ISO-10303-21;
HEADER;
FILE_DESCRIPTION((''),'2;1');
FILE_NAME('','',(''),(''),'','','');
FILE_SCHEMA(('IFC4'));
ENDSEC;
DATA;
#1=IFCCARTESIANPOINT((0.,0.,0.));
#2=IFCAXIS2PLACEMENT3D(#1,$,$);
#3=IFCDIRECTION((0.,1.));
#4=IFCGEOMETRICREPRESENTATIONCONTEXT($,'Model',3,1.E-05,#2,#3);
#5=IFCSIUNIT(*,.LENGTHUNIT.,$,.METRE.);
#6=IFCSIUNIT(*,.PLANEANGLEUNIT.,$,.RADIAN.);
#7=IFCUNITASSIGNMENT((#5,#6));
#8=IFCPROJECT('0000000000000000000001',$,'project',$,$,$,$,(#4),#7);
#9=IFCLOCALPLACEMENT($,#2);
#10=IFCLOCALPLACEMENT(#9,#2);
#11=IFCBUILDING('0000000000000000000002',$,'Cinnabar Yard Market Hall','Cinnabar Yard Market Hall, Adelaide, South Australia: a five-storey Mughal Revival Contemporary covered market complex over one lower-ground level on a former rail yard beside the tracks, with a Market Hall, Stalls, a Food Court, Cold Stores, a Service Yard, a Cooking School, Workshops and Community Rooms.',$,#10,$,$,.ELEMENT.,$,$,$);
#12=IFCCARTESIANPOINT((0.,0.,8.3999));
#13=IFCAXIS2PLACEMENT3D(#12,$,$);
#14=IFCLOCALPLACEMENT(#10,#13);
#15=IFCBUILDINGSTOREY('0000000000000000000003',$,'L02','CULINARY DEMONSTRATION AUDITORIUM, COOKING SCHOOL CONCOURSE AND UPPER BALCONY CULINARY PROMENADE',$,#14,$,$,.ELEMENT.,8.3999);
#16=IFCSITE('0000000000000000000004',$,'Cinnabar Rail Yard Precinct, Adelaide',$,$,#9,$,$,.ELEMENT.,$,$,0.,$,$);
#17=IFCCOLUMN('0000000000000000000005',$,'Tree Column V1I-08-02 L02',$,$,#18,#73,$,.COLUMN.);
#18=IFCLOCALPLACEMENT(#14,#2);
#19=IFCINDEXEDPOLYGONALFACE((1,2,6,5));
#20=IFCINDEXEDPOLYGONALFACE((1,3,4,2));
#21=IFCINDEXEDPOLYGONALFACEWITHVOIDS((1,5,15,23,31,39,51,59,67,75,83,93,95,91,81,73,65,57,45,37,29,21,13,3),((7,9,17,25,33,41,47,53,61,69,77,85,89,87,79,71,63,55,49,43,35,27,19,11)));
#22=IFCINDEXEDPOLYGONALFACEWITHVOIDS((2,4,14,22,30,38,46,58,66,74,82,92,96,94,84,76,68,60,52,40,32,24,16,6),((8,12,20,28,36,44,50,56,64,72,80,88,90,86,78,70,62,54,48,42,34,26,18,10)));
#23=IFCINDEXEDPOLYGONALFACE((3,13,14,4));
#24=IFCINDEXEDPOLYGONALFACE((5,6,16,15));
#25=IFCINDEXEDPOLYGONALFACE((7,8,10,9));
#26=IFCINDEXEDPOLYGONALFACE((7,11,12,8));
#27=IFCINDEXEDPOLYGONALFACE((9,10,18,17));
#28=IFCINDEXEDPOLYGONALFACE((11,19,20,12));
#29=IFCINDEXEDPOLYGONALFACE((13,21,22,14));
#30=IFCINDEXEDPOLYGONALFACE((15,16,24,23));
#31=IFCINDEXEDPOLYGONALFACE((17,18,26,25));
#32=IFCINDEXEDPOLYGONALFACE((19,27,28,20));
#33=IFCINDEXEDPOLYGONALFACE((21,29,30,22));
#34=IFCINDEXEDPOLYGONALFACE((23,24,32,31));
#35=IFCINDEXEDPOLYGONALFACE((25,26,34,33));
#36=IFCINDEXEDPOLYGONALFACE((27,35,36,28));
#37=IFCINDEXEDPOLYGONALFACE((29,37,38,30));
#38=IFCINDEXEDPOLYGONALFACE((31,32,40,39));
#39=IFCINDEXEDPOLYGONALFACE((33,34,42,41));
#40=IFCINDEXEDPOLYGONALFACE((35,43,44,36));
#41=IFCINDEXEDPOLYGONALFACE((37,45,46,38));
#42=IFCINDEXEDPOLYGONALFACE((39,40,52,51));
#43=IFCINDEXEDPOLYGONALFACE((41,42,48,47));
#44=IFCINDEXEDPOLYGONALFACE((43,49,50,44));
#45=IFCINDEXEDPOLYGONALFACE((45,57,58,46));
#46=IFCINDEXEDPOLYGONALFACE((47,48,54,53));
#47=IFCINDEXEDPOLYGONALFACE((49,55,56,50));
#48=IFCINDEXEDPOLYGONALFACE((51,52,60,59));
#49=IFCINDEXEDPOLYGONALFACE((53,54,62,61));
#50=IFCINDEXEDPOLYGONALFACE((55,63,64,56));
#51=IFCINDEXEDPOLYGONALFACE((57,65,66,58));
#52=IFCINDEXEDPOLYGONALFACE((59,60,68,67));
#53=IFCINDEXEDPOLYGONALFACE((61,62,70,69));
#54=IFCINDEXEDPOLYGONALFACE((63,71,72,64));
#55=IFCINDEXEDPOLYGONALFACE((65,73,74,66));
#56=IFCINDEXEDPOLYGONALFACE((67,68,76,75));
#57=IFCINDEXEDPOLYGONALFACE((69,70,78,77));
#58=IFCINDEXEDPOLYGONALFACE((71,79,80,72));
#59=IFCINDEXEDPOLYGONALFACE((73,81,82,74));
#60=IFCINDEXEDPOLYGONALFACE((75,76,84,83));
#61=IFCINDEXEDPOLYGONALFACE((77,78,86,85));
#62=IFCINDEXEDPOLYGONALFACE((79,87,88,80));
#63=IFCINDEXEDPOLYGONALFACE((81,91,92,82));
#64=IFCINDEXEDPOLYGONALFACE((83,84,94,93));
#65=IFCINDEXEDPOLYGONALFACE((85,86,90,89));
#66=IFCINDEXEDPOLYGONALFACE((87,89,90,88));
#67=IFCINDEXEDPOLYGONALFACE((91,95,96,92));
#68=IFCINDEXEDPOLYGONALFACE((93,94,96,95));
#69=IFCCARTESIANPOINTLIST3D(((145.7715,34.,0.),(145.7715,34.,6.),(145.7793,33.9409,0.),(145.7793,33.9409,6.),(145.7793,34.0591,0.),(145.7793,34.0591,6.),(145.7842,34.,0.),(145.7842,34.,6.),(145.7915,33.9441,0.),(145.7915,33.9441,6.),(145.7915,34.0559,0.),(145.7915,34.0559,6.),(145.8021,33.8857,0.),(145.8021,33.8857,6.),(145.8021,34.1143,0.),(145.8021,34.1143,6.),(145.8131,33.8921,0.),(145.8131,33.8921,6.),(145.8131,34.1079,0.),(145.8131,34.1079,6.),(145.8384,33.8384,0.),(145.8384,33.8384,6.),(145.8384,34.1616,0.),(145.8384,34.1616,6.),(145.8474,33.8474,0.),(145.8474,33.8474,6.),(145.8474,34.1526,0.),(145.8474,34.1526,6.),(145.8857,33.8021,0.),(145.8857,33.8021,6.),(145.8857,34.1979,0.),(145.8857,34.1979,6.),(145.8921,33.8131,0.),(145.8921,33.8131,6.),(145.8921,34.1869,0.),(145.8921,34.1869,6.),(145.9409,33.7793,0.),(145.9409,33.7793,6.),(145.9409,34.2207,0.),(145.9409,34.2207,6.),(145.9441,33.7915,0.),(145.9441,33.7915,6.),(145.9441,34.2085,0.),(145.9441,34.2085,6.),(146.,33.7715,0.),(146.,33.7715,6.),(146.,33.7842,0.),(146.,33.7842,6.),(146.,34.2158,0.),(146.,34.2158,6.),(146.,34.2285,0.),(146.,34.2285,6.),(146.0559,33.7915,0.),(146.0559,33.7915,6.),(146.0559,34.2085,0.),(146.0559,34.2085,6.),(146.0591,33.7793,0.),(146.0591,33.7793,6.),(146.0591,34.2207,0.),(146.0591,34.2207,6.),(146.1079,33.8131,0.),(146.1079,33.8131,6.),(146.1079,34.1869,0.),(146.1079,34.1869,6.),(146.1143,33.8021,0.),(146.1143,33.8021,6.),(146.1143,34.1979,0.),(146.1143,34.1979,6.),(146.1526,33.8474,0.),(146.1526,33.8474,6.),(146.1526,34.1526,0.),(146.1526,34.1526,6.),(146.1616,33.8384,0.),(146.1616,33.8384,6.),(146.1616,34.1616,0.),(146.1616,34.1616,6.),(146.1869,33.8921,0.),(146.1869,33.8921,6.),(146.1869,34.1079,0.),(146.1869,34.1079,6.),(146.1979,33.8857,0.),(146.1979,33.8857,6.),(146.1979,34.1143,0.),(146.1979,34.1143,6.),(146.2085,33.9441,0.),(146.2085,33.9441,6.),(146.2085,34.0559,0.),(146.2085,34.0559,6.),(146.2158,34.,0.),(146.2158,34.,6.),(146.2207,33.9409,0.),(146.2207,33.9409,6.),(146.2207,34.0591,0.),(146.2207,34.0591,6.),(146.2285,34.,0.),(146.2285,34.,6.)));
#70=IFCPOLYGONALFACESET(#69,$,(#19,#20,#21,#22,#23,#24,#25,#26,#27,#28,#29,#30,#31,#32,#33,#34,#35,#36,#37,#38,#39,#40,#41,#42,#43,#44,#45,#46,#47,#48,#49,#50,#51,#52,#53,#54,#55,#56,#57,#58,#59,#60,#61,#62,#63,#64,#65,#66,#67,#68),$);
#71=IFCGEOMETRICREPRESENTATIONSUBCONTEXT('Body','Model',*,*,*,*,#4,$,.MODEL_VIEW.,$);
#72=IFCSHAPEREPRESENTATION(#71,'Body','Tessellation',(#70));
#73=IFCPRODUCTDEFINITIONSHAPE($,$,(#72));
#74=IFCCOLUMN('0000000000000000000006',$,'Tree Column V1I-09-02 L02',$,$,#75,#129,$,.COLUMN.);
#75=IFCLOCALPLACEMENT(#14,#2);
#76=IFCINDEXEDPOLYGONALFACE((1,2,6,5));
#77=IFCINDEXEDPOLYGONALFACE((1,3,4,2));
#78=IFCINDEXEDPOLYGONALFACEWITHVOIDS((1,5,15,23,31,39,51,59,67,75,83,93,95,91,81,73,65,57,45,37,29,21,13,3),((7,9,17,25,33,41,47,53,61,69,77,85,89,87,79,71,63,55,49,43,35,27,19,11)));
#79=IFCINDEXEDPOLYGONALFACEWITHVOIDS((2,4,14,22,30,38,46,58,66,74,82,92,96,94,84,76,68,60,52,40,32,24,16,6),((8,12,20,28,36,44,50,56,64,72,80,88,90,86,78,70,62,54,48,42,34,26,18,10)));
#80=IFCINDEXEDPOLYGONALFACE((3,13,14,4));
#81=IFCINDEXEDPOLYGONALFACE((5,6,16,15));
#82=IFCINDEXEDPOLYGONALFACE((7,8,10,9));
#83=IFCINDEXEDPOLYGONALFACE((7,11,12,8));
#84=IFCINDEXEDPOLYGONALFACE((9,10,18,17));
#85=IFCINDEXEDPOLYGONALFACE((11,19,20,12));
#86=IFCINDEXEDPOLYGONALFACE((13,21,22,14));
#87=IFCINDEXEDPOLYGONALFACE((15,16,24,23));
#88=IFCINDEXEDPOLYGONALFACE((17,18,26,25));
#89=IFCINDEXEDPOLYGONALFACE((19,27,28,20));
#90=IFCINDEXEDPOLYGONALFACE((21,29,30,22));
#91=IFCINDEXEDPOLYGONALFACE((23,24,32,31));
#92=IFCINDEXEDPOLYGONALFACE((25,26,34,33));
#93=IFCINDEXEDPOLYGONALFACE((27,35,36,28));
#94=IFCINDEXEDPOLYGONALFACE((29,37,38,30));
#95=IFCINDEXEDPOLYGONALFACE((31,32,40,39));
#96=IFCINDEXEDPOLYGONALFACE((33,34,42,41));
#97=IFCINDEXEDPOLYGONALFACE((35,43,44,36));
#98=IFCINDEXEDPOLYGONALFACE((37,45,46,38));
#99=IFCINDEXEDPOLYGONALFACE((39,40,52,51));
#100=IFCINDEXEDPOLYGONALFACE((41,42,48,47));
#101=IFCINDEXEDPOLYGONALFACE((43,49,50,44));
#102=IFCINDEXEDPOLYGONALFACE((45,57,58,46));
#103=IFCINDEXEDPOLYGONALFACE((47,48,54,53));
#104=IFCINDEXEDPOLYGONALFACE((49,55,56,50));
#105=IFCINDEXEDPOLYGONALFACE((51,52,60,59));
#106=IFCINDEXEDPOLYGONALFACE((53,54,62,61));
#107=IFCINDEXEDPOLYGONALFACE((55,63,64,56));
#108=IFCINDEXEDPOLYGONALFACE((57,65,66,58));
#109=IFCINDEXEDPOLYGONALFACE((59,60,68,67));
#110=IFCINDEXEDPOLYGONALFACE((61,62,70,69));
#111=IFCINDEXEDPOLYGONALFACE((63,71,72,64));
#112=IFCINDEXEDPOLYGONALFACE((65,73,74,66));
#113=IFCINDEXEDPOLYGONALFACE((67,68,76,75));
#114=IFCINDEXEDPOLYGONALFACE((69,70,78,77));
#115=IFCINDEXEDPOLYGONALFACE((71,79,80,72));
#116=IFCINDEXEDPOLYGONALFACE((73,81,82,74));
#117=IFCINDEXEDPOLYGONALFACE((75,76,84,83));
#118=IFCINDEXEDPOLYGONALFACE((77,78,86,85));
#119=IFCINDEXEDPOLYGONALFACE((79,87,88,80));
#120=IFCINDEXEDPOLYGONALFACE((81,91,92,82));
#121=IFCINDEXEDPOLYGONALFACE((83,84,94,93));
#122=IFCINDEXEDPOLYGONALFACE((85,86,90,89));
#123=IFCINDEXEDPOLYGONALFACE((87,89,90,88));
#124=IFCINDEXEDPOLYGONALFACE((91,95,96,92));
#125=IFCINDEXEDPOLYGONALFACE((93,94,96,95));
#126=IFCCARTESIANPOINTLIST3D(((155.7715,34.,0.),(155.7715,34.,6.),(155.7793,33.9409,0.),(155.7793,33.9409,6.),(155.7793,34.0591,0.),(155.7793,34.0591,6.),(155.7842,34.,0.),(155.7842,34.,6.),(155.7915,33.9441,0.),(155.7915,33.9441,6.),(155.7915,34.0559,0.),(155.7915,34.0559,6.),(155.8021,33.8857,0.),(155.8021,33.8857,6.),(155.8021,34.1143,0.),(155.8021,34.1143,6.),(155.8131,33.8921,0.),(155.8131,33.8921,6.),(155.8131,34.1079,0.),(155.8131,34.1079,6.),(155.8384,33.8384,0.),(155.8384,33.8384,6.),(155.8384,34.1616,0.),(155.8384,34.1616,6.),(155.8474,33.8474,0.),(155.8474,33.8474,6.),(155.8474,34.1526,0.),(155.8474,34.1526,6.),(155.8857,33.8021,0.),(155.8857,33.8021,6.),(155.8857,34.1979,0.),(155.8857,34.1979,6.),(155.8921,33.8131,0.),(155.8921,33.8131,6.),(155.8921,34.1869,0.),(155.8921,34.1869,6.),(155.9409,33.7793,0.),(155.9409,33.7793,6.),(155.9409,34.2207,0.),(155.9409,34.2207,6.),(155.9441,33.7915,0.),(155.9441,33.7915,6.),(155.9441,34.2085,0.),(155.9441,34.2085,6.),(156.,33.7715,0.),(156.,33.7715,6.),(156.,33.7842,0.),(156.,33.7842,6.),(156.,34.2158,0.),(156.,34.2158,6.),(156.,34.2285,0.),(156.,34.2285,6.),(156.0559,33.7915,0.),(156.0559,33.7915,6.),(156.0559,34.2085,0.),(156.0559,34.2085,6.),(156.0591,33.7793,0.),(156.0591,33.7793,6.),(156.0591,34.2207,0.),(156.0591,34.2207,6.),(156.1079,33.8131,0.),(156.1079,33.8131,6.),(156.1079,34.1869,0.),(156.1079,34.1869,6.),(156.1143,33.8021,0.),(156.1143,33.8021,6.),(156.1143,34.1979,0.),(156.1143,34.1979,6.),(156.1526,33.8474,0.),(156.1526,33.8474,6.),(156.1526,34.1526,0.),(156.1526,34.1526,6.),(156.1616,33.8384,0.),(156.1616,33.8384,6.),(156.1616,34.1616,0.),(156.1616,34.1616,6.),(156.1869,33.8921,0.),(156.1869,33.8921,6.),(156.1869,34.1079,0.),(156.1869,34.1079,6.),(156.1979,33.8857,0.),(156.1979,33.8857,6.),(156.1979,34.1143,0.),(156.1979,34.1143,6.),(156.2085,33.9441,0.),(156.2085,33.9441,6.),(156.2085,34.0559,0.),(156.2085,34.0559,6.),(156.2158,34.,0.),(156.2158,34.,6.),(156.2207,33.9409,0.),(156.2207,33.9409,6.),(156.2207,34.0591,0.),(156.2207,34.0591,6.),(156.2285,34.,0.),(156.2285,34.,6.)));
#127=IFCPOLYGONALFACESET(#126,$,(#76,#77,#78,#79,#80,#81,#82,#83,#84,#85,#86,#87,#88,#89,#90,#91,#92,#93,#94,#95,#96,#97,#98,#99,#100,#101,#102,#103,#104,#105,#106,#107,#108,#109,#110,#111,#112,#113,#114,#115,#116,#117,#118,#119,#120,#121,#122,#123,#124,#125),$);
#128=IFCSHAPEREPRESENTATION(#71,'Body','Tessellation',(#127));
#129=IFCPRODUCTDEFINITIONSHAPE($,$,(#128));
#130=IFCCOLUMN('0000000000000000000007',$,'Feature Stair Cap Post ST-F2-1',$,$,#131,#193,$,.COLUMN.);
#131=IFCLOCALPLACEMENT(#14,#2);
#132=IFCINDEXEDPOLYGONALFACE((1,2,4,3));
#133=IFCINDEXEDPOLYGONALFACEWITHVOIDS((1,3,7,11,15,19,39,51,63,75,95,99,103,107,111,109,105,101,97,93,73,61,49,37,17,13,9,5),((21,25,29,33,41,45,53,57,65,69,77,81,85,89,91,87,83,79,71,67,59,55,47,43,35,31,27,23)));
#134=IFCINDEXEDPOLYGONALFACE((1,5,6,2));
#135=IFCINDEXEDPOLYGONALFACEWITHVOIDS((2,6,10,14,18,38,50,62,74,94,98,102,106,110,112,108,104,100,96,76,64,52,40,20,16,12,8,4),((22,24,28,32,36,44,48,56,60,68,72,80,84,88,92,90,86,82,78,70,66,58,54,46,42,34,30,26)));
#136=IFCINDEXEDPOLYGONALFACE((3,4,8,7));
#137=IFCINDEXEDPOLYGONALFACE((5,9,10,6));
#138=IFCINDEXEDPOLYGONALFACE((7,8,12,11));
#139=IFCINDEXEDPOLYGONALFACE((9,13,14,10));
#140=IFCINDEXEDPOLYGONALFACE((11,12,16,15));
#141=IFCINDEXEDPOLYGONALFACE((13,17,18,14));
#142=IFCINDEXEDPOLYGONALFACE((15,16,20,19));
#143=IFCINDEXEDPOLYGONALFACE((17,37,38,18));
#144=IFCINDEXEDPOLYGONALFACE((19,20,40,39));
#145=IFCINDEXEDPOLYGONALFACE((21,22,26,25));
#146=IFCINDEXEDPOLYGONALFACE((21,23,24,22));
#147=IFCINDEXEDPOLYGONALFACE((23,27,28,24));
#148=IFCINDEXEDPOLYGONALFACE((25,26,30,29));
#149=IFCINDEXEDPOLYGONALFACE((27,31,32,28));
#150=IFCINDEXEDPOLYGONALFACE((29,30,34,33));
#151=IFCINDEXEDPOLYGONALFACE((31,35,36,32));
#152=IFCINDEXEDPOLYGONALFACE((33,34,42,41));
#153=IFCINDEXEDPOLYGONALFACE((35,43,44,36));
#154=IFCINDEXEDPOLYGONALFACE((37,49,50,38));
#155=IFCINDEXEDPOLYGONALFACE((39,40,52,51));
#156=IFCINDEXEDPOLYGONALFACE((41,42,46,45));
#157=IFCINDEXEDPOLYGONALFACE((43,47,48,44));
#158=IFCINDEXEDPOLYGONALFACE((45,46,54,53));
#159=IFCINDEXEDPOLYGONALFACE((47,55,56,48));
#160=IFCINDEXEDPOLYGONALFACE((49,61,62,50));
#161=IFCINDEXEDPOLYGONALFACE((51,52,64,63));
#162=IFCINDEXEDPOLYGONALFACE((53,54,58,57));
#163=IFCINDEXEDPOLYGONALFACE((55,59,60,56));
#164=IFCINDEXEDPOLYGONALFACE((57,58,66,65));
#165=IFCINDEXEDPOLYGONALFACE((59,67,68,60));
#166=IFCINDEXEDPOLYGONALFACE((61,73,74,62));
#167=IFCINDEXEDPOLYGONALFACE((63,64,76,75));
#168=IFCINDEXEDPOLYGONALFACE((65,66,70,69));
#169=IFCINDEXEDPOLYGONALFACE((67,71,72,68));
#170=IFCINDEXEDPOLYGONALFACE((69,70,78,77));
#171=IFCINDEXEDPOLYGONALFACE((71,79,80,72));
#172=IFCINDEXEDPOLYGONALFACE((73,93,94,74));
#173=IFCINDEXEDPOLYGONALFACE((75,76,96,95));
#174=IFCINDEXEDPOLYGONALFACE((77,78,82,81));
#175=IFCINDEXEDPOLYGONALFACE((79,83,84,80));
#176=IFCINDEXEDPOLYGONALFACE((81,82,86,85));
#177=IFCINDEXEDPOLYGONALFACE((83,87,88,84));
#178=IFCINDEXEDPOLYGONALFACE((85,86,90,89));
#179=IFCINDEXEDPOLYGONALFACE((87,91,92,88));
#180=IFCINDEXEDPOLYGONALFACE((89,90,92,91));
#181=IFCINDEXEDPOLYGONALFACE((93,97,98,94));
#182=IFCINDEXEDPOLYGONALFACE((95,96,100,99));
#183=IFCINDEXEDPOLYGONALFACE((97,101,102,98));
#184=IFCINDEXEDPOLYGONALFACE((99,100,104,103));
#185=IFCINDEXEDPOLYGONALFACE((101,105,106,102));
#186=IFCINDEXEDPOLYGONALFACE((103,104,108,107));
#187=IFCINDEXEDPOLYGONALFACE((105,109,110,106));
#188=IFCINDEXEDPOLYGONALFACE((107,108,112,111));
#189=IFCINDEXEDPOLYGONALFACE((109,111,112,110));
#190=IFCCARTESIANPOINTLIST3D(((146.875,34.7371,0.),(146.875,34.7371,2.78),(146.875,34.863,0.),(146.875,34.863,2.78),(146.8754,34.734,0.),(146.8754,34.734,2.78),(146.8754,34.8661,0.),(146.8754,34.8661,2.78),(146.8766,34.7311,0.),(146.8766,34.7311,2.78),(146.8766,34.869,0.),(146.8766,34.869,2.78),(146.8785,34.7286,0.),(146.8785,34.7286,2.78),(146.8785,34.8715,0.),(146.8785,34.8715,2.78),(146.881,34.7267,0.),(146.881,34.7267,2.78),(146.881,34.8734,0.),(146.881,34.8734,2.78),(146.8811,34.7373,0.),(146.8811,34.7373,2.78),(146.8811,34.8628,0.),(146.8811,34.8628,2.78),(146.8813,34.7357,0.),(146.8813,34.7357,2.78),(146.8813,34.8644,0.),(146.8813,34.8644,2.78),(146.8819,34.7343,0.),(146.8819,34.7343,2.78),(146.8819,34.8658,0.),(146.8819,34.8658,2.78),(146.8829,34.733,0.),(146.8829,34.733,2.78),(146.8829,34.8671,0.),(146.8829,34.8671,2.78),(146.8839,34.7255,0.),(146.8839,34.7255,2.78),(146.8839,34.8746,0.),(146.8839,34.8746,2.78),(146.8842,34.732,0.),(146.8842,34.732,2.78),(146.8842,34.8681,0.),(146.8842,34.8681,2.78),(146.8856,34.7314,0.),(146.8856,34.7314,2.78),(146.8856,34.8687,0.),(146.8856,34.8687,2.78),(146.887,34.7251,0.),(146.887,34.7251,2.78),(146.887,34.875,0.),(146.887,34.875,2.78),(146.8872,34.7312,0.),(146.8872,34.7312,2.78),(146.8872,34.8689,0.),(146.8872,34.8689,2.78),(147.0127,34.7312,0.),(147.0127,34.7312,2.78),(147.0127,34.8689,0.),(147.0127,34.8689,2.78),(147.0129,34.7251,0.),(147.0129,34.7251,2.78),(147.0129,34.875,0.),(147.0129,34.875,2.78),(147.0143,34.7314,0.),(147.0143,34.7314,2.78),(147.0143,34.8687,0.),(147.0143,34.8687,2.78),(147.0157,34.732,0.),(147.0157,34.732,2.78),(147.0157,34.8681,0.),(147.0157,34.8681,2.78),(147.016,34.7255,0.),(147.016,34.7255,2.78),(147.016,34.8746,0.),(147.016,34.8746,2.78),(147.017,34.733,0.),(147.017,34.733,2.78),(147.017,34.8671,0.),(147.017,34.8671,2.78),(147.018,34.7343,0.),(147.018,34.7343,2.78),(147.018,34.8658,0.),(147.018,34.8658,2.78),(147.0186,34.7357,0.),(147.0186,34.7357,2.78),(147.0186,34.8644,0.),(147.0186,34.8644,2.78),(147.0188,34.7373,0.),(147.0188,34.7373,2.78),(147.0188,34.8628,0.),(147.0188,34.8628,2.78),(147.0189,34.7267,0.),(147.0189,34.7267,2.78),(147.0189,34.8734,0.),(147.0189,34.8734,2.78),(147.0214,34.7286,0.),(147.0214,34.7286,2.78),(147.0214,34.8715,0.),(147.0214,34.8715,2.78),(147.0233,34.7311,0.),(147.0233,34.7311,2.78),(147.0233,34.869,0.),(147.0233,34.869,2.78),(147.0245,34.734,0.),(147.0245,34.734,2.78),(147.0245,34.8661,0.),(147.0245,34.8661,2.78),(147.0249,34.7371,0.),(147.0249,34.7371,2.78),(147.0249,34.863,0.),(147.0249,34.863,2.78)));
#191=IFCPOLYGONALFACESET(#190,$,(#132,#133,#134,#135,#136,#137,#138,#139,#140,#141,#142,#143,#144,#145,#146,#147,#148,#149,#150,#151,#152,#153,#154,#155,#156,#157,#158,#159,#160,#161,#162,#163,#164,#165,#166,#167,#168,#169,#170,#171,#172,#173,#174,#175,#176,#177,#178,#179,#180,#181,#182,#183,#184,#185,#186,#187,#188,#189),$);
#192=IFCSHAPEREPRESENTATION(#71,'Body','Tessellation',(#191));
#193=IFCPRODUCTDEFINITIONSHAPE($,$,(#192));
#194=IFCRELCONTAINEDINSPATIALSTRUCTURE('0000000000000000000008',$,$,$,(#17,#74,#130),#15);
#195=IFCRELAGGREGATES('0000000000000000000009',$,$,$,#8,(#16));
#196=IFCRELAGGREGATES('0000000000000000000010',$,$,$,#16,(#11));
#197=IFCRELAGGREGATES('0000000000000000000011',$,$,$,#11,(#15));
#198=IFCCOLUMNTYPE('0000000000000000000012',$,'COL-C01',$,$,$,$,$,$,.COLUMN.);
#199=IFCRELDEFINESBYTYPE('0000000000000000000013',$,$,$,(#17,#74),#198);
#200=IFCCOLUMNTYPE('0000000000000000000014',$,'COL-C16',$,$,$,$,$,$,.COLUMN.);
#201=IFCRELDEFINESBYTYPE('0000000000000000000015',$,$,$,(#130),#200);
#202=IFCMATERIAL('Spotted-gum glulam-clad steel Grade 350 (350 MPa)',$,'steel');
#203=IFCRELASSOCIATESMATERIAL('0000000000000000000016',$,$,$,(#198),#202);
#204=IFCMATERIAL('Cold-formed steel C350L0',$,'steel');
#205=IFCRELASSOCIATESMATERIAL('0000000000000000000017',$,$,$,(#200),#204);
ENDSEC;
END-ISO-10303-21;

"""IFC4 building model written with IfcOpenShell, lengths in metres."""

from ifc_helpers import new_model, si_unit, direction, frame, origin, origin_2d_with_axis, place, context, subcontext, project, spatial, hollow_rectangle, hollow_circle, extrude, material, material_profile, profile_set, type_object, element, save


model = new_model("IFC4")

# Units and contexts
model_context = context("Model", 3, precision=1e-05, world=origin(), true_north=direction((0.0, 1.0)))
body_context = subcontext(model_context, "Body", "Model", "MODEL_VIEW")
ifc_project = project(units=[si_unit("LENGTHUNIT", "METRE"), si_unit("PLANEANGLEUNIT", "RADIAN")], contexts=[model_context])

# Site, building, storey
site_placement = place(None, origin())
site = spatial("IfcSite", under=ifc_project, at=site_placement, Name="Cinnabar Rail Yard Precinct, Adelaide", CompositionType="ELEMENT", RefElevation=0.0)
building_placement = place(site_placement, origin())
building = spatial("IfcBuilding", under=site, at=building_placement, Name="Cinnabar Yard Market Hall", Description="Cinnabar Yard Market Hall, Adelaide, South Australia: a five-storey Mughal Revival Contemporary covered market complex over one lower-ground level on a former rail yard beside the tracks, with a Market Hall, Stalls, a Food Court, Cold Stores, a Service Yard, a Cooking School, Workshops and Community Rooms.", CompositionType="ELEMENT")
storey_placement = place(building_placement, frame((0.0, 0.0, 8.3999)))
storey = spatial("IfcBuildingStorey", under=building, at=storey_placement, Name="L02", Description="CULINARY DEMONSTRATION AUDITORIUM, COOKING SCHOOL CONCOURSE AND UPPER BALCONY CULINARY PROMENADE", CompositionType="ELEMENT", Elevation=8.3999)

# Columns
ifc_material_1 = material(Name="Spotted-gum glulam-clad steel Grade 350 (350 MPa)", Category="steel")
ifc_material_profile_1 = material_profile(ifc_material_1, hollow_circle(Radius=0.2285, WallThickness=0.0127, at=origin_2d_with_axis()), Name="457.0x12.7CHS")
ifc_profile_set_1 = profile_set([ifc_material_profile_1], Name="Spotted-gum glulam-clad steel Grade 350 (350 MPa)")
column_type_1 = type_object("IfcColumnType", Name="COL-C01", PredefinedType="COLUMN", material=ifc_profile_set_1)
for number, where, z_axis, x_axis, name in (
    (1, (146.0, 34.0, 0.0), (0.0, 0.0, 1.0), (1.0, 0.0, 0.0), "Tree Column V1I-08-02 L02"),
    (2, (156.0, 34.0, 0.0), (0.0, 0.0, 1.0), (1.0, 0.0, 0.0), "Tree Column V1I-09-02 L02"),
):
    element("IfcColumn", number, at=place(storey_placement, frame(where, z_axis=z_axis, x_axis=x_axis)), inside=storey, type_object=column_type_1, Name=name, PredefinedType="COLUMN", context=body_context, shape_type="SweptSolid", body=[
        extrude(hollow_circle(Radius=0.2285, WallThickness=0.0127, at=origin_2d_with_axis()), origin(), (0.0, 0.0, 1.0), 6.0),
    ])
ifc_material_2 = material(Name="Cold-formed steel C350L0", Category="steel")
ifc_material_profile_2 = material_profile(ifc_material_2, hollow_rectangle(XDim=0.1499, YDim=0.1499, WallThickness=0.0061, InnerFilletRadius=0.0061, OuterFilletRadius=0.012, at=origin_2d_with_axis()), Name="150x150x6.0SHS")
ifc_profile_set_2 = profile_set([ifc_material_profile_2], Name="Cold-formed steel C350L0")
column_type_2 = type_object("IfcColumnType", Name="COL-C16", PredefinedType="COLUMN", material=ifc_profile_set_2)
for number, where, z_axis, x_axis, name in (
    (3, (146.95, 34.8, 0.0), (0.0, 0.0, 1.0), (1.0, 0.0, 0.0), "Feature Stair Cap Post ST-F2-1"),
):
    element("IfcColumn", number, at=place(storey_placement, frame(where, z_axis=z_axis, x_axis=x_axis)), inside=storey, type_object=column_type_2, Name=name, PredefinedType="COLUMN", context=body_context, shape_type="SweptSolid", body=[
        extrude(hollow_rectangle(XDim=0.1499, YDim=0.1499, WallThickness=0.0061, InnerFilletRadius=0.0061, OuterFilletRadius=0.012, at=origin_2d_with_axis()), origin(), (0.0, 0.0, 1.0), 2.78),
    ])

save(model, "model.ifc")
